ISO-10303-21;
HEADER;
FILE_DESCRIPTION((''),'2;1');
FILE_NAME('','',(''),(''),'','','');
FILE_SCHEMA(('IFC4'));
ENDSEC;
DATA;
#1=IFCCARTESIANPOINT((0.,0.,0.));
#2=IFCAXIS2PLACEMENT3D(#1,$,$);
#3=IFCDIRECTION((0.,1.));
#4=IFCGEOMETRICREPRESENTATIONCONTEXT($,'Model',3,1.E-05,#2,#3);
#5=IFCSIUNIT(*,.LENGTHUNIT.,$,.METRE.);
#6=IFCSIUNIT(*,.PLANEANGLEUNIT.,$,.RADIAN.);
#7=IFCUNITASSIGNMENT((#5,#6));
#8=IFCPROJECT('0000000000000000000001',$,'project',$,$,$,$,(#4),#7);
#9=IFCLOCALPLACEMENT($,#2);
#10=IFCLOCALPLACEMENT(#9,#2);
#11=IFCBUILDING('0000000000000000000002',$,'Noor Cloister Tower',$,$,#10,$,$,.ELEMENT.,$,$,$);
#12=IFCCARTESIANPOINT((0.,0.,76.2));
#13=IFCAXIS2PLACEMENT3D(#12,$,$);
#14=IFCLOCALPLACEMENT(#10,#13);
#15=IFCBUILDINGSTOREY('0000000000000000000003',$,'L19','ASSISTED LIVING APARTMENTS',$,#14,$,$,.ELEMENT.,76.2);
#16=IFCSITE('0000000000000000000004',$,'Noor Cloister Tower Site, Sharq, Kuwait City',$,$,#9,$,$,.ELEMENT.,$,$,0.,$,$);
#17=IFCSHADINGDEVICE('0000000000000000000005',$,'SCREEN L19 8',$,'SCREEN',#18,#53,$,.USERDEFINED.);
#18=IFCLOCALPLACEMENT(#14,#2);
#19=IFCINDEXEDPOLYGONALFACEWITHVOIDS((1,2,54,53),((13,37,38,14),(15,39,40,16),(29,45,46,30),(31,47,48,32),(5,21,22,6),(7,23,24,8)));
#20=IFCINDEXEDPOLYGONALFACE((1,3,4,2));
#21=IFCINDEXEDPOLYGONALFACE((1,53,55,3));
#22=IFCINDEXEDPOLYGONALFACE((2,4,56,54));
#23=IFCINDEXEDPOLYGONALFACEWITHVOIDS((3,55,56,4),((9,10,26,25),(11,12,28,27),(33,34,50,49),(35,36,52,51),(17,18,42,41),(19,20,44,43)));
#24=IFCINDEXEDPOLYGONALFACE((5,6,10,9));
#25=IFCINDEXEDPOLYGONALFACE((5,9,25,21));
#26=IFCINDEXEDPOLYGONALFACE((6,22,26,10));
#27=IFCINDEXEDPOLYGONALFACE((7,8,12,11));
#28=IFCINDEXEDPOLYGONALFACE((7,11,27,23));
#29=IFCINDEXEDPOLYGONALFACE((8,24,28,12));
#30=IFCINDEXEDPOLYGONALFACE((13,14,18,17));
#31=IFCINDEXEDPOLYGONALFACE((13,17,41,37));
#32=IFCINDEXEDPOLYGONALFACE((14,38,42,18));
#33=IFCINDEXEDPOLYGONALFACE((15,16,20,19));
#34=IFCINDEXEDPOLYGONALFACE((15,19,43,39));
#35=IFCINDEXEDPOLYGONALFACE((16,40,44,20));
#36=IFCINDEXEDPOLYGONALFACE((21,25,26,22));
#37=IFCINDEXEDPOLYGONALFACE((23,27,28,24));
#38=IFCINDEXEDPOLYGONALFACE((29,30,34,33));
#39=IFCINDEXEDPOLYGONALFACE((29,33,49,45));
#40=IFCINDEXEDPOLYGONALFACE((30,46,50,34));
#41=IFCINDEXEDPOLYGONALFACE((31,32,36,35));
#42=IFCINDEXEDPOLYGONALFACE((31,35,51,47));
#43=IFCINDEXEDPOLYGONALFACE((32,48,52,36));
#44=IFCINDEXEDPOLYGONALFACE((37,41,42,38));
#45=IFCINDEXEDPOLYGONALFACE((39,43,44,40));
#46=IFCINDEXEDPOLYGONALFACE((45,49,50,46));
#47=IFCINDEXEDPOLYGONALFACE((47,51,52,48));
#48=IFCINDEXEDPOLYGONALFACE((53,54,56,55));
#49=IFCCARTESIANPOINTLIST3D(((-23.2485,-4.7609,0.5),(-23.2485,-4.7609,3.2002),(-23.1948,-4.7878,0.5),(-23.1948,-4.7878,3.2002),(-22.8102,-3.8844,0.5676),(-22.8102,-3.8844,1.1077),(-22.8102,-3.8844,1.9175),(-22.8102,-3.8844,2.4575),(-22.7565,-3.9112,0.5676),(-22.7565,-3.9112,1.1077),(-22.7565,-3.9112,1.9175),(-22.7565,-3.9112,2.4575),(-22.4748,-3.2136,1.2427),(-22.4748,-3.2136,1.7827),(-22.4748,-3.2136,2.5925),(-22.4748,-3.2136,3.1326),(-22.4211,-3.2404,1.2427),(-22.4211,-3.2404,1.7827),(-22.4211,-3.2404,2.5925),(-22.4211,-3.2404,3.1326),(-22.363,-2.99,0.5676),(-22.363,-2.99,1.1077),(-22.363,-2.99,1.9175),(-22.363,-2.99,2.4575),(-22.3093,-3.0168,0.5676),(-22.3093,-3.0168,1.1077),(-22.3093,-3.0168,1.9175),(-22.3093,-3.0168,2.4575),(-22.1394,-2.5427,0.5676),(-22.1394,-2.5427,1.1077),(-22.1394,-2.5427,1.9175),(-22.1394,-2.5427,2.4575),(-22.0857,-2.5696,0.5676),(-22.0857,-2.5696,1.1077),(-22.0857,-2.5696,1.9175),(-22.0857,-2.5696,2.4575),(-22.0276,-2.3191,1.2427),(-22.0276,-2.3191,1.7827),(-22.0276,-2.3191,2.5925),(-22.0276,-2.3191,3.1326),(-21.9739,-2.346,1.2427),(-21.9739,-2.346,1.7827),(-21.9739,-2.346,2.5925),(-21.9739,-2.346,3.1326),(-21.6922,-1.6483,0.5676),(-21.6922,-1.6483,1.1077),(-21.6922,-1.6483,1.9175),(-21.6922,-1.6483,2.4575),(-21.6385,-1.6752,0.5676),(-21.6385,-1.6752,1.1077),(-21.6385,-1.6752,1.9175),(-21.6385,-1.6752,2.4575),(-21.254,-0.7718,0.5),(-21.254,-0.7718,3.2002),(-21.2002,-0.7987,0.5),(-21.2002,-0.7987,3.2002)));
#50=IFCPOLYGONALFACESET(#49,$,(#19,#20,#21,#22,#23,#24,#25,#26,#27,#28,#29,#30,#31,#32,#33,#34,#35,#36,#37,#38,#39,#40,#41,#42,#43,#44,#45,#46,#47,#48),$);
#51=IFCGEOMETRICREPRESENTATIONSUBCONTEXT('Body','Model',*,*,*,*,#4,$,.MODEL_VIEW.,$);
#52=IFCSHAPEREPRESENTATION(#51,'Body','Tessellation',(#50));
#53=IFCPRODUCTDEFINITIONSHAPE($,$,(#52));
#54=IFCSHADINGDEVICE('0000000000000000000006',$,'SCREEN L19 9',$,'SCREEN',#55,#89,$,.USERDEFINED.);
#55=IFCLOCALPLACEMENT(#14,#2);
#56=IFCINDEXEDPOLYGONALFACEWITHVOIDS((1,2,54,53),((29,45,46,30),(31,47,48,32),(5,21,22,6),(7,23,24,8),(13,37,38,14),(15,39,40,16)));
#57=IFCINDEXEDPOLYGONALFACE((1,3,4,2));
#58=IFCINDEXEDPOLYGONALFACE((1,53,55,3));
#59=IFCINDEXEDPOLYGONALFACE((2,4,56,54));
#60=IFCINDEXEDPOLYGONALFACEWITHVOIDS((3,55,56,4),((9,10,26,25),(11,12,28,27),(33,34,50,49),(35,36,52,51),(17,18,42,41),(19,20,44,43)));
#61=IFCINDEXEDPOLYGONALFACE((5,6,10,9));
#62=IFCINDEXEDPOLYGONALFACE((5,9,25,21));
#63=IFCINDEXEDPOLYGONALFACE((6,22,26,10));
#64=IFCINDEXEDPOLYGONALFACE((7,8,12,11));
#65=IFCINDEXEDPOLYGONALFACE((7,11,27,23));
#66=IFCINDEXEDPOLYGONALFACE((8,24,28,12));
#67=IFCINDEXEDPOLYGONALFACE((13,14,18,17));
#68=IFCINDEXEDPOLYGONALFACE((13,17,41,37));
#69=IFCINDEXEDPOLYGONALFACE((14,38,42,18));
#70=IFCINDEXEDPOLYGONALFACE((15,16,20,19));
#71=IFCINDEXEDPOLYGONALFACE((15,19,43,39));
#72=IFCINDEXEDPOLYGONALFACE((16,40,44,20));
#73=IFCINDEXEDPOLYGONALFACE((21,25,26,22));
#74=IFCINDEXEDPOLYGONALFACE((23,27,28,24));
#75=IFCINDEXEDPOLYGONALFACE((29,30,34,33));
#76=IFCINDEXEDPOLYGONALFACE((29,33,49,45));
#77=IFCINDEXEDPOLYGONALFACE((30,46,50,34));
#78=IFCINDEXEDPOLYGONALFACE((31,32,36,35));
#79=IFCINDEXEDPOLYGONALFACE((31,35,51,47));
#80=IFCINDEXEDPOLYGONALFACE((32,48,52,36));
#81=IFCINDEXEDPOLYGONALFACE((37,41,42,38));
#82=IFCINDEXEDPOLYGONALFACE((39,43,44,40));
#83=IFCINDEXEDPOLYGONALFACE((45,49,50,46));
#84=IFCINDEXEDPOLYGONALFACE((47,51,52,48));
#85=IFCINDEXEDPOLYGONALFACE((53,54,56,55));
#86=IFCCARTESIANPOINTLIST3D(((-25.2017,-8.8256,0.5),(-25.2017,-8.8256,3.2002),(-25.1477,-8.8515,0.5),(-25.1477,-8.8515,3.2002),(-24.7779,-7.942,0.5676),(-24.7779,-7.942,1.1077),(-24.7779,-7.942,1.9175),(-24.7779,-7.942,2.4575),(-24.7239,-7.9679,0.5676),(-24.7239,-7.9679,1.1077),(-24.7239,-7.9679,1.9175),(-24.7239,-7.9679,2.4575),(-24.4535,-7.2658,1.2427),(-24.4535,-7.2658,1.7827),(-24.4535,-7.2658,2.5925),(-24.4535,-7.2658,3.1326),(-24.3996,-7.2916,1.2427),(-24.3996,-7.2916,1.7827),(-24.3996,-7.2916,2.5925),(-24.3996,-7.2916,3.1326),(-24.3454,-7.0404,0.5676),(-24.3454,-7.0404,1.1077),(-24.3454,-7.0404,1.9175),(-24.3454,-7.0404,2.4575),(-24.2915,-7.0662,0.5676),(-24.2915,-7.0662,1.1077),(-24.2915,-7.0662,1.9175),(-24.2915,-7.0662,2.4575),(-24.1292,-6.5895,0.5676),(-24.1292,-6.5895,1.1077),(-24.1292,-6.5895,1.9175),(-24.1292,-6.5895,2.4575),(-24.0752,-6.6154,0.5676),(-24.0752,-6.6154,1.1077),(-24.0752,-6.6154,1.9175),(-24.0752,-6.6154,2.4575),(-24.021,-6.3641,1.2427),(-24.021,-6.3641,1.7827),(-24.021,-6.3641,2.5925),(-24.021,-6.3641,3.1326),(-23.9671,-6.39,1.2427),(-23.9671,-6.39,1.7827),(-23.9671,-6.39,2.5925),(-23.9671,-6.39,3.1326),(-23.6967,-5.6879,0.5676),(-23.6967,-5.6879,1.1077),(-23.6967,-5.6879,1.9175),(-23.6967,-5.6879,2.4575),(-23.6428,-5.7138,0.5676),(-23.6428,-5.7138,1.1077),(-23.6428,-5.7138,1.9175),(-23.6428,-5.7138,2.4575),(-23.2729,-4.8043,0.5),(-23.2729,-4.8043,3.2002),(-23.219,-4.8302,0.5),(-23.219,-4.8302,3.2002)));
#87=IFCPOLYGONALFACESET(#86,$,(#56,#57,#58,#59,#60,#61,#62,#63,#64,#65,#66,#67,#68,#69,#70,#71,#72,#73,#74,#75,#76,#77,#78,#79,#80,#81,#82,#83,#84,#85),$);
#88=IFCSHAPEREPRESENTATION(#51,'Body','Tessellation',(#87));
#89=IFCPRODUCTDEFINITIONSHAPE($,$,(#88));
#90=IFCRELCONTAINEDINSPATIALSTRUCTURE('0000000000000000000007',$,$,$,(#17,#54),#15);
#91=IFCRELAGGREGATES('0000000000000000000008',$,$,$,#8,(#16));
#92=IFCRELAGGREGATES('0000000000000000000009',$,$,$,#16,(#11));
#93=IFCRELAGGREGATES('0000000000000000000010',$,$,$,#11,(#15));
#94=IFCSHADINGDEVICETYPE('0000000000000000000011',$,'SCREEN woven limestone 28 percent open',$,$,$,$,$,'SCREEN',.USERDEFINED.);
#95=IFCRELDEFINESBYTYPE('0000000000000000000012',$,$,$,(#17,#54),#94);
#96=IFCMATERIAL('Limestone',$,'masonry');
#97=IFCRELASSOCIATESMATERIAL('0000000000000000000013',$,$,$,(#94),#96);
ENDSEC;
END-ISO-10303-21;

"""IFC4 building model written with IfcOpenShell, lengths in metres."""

from ifc_helpers import new_model, si_unit, direction, frame, origin, place, context, subcontext, project, spatial, polyline, outline, extrude, material, material_profile, profile_set, type_object, element, save


model = new_model("IFC4")

# Units and contexts
model_context = context("Model", 3, precision=1e-05, world=origin(), true_north=direction((0.0, 1.0)))
body_context = subcontext(model_context, "Body", "Model", "MODEL_VIEW")
ifc_project = project(units=[si_unit("LENGTHUNIT", "METRE"), si_unit("PLANEANGLEUNIT", "RADIAN")], contexts=[model_context])

# Site, building, storey
site_placement = place(None, origin())
site = spatial("IfcSite", under=ifc_project, at=site_placement, Name="Noor Cloister Tower Site, Sharq, Kuwait City", CompositionType="ELEMENT", RefElevation=0.0)
building_placement = place(site_placement, origin())
building = spatial("IfcBuilding", under=site, at=building_placement, Name="Noor Cloister Tower", CompositionType="ELEMENT")
storey_placement = place(building_placement, frame((0.0, 0.0, 76.2)))
storey = spatial("IfcBuildingStorey", under=building, at=storey_placement, Name="L19", Description="ASSISTED LIVING APARTMENTS", CompositionType="ELEMENT", Elevation=76.2)

# Shading devices
ifc_material_1 = material(Name="Limestone", Category="masonry")
ifc_material_profile_1 = material_profile(ifc_material_1, outline(polyline([(-2.23, -1.3501), (2.23, -1.3501), (2.23, 1.3501), (-2.23, 1.3501), (-2.23, -1.3501)]), holes=[polyline([(-1.25, -1.2825), (-0.25, -1.2825), (-0.25, -0.7424), (-1.25, -0.7424), (-1.25, -1.2825)]), polyline([(0.25, -1.2825), (1.25, -1.2825), (1.25, -0.7424), (0.25, -0.7424), (0.25, -1.2825)]), polyline([(-0.5, -0.6074), (0.5, -0.6074), (0.5, -0.0674), (-0.5, -0.0674), (-0.5, -0.6074)]), polyline([(-1.25, 0.0674), (-0.25, 0.0674), (-0.25, 0.6074), (-1.25, 0.6074), (-1.25, 0.0674)]), polyline([(0.25, 0.0674), (1.25, 0.0674), (1.25, 0.6074), (0.25, 0.6074), (0.25, 0.0674)]), polyline([(-0.5, 0.7424), (0.5, 0.7424), (0.5, 1.2825), (-0.5, 1.2825), (-0.5, 0.7424)])]), Name="Woven screen 28 percent open")
ifc_profile_set_1 = profile_set([ifc_material_profile_1], Name="Limestone")
shading_device_type = type_object("IfcShadingDeviceType", Name="SCREEN woven limestone 28 percent open", ElementType="SCREEN", PredefinedType="USERDEFINED", material=ifc_profile_set_1)
shading_device_1_placement = place(storey_placement, frame((-22.1975, -2.7932, 1.8501), z_axis=(-0.894427, 0.447214, 0.0), x_axis=(-0.447214, -0.894427, 0.0)))
element("IfcShadingDevice", 1, at=shading_device_1_placement, inside=storey, type_object=shading_device_type, Name="SCREEN L19 8", ObjectType="SCREEN", PredefinedType="USERDEFINED", context=body_context, shape_type="SweptSolid", body=[
    extrude(outline(polyline([(-2.23, -1.3501), (2.23, -1.3501), (2.23, 1.3501), (-2.23, 1.3501), (-2.23, -1.3501)]), holes=[polyline([(-1.25, -1.2825), (-0.25, -1.2825), (-0.25, -0.7424), (-1.25, -0.7424), (-1.25, -1.2825)]), polyline([(0.25, -1.2825), (1.25, -1.2825), (1.25, -0.7424), (0.25, -0.7424), (0.25, -1.2825)]), polyline([(-0.5, -0.6074), (0.5, -0.6074), (0.5, -0.0674), (-0.5, -0.0674), (-0.5, -0.6074)]), polyline([(-1.25, 0.0674), (-0.25, 0.0674), (-0.25, 0.6074), (-1.25, 0.6074), (-1.25, 0.0674)]), polyline([(0.25, 0.0674), (1.25, 0.0674), (1.25, 0.6074), (0.25, 0.6074), (0.25, 0.0674)]), polyline([(-0.5, 0.7424), (0.5, 0.7424), (0.5, 1.2825), (-0.5, 1.2825), (-0.5, 0.7424)])]), origin(), (0.0, 0.0, 1.0), 0.0601),
])
shading_device_2_placement = place(storey_placement, frame((-24.1833, -6.8408, 1.8501), z_axis=(-0.90165, 0.432466, 0.0), x_axis=(-0.432466, -0.90165, 0.0)))
element("IfcShadingDevice", 2, at=shading_device_2_placement, inside=storey, type_object=shading_device_type, Name="SCREEN L19 9", ObjectType="SCREEN", PredefinedType="USERDEFINED", context=body_context, shape_type="SweptSolid", body=[
    extrude(outline(polyline([(-2.23, -1.3501), (2.23, -1.3501), (2.23, 1.3501), (-2.23, 1.3501), (-2.23, -1.3501)]), holes=[polyline([(-1.25, -1.2825), (-0.25, -1.2825), (-0.25, -0.7424), (-1.25, -0.7424), (-1.25, -1.2825)]), polyline([(0.25, -1.2825), (1.25, -1.2825), (1.25, -0.7424), (0.25, -0.7424), (0.25, -1.2825)]), polyline([(-0.5, -0.6074), (0.5, -0.6074), (0.5, -0.0674), (-0.5, -0.0674), (-0.5, -0.6074)]), polyline([(-1.25, 0.0674), (-0.25, 0.0674), (-0.25, 0.6074), (-1.25, 0.6074), (-1.25, 0.0674)]), polyline([(0.25, 0.0674), (1.25, 0.0674), (1.25, 0.6074), (0.25, 0.6074), (0.25, 0.0674)]), polyline([(-0.5, 0.7424), (0.5, 0.7424), (0.5, 1.2825), (-0.5, 1.2825), (-0.5, 0.7424)])]), origin(), (0.0, 0.0, 1.0), 0.0598),
])

save(model, "model.ifc")
